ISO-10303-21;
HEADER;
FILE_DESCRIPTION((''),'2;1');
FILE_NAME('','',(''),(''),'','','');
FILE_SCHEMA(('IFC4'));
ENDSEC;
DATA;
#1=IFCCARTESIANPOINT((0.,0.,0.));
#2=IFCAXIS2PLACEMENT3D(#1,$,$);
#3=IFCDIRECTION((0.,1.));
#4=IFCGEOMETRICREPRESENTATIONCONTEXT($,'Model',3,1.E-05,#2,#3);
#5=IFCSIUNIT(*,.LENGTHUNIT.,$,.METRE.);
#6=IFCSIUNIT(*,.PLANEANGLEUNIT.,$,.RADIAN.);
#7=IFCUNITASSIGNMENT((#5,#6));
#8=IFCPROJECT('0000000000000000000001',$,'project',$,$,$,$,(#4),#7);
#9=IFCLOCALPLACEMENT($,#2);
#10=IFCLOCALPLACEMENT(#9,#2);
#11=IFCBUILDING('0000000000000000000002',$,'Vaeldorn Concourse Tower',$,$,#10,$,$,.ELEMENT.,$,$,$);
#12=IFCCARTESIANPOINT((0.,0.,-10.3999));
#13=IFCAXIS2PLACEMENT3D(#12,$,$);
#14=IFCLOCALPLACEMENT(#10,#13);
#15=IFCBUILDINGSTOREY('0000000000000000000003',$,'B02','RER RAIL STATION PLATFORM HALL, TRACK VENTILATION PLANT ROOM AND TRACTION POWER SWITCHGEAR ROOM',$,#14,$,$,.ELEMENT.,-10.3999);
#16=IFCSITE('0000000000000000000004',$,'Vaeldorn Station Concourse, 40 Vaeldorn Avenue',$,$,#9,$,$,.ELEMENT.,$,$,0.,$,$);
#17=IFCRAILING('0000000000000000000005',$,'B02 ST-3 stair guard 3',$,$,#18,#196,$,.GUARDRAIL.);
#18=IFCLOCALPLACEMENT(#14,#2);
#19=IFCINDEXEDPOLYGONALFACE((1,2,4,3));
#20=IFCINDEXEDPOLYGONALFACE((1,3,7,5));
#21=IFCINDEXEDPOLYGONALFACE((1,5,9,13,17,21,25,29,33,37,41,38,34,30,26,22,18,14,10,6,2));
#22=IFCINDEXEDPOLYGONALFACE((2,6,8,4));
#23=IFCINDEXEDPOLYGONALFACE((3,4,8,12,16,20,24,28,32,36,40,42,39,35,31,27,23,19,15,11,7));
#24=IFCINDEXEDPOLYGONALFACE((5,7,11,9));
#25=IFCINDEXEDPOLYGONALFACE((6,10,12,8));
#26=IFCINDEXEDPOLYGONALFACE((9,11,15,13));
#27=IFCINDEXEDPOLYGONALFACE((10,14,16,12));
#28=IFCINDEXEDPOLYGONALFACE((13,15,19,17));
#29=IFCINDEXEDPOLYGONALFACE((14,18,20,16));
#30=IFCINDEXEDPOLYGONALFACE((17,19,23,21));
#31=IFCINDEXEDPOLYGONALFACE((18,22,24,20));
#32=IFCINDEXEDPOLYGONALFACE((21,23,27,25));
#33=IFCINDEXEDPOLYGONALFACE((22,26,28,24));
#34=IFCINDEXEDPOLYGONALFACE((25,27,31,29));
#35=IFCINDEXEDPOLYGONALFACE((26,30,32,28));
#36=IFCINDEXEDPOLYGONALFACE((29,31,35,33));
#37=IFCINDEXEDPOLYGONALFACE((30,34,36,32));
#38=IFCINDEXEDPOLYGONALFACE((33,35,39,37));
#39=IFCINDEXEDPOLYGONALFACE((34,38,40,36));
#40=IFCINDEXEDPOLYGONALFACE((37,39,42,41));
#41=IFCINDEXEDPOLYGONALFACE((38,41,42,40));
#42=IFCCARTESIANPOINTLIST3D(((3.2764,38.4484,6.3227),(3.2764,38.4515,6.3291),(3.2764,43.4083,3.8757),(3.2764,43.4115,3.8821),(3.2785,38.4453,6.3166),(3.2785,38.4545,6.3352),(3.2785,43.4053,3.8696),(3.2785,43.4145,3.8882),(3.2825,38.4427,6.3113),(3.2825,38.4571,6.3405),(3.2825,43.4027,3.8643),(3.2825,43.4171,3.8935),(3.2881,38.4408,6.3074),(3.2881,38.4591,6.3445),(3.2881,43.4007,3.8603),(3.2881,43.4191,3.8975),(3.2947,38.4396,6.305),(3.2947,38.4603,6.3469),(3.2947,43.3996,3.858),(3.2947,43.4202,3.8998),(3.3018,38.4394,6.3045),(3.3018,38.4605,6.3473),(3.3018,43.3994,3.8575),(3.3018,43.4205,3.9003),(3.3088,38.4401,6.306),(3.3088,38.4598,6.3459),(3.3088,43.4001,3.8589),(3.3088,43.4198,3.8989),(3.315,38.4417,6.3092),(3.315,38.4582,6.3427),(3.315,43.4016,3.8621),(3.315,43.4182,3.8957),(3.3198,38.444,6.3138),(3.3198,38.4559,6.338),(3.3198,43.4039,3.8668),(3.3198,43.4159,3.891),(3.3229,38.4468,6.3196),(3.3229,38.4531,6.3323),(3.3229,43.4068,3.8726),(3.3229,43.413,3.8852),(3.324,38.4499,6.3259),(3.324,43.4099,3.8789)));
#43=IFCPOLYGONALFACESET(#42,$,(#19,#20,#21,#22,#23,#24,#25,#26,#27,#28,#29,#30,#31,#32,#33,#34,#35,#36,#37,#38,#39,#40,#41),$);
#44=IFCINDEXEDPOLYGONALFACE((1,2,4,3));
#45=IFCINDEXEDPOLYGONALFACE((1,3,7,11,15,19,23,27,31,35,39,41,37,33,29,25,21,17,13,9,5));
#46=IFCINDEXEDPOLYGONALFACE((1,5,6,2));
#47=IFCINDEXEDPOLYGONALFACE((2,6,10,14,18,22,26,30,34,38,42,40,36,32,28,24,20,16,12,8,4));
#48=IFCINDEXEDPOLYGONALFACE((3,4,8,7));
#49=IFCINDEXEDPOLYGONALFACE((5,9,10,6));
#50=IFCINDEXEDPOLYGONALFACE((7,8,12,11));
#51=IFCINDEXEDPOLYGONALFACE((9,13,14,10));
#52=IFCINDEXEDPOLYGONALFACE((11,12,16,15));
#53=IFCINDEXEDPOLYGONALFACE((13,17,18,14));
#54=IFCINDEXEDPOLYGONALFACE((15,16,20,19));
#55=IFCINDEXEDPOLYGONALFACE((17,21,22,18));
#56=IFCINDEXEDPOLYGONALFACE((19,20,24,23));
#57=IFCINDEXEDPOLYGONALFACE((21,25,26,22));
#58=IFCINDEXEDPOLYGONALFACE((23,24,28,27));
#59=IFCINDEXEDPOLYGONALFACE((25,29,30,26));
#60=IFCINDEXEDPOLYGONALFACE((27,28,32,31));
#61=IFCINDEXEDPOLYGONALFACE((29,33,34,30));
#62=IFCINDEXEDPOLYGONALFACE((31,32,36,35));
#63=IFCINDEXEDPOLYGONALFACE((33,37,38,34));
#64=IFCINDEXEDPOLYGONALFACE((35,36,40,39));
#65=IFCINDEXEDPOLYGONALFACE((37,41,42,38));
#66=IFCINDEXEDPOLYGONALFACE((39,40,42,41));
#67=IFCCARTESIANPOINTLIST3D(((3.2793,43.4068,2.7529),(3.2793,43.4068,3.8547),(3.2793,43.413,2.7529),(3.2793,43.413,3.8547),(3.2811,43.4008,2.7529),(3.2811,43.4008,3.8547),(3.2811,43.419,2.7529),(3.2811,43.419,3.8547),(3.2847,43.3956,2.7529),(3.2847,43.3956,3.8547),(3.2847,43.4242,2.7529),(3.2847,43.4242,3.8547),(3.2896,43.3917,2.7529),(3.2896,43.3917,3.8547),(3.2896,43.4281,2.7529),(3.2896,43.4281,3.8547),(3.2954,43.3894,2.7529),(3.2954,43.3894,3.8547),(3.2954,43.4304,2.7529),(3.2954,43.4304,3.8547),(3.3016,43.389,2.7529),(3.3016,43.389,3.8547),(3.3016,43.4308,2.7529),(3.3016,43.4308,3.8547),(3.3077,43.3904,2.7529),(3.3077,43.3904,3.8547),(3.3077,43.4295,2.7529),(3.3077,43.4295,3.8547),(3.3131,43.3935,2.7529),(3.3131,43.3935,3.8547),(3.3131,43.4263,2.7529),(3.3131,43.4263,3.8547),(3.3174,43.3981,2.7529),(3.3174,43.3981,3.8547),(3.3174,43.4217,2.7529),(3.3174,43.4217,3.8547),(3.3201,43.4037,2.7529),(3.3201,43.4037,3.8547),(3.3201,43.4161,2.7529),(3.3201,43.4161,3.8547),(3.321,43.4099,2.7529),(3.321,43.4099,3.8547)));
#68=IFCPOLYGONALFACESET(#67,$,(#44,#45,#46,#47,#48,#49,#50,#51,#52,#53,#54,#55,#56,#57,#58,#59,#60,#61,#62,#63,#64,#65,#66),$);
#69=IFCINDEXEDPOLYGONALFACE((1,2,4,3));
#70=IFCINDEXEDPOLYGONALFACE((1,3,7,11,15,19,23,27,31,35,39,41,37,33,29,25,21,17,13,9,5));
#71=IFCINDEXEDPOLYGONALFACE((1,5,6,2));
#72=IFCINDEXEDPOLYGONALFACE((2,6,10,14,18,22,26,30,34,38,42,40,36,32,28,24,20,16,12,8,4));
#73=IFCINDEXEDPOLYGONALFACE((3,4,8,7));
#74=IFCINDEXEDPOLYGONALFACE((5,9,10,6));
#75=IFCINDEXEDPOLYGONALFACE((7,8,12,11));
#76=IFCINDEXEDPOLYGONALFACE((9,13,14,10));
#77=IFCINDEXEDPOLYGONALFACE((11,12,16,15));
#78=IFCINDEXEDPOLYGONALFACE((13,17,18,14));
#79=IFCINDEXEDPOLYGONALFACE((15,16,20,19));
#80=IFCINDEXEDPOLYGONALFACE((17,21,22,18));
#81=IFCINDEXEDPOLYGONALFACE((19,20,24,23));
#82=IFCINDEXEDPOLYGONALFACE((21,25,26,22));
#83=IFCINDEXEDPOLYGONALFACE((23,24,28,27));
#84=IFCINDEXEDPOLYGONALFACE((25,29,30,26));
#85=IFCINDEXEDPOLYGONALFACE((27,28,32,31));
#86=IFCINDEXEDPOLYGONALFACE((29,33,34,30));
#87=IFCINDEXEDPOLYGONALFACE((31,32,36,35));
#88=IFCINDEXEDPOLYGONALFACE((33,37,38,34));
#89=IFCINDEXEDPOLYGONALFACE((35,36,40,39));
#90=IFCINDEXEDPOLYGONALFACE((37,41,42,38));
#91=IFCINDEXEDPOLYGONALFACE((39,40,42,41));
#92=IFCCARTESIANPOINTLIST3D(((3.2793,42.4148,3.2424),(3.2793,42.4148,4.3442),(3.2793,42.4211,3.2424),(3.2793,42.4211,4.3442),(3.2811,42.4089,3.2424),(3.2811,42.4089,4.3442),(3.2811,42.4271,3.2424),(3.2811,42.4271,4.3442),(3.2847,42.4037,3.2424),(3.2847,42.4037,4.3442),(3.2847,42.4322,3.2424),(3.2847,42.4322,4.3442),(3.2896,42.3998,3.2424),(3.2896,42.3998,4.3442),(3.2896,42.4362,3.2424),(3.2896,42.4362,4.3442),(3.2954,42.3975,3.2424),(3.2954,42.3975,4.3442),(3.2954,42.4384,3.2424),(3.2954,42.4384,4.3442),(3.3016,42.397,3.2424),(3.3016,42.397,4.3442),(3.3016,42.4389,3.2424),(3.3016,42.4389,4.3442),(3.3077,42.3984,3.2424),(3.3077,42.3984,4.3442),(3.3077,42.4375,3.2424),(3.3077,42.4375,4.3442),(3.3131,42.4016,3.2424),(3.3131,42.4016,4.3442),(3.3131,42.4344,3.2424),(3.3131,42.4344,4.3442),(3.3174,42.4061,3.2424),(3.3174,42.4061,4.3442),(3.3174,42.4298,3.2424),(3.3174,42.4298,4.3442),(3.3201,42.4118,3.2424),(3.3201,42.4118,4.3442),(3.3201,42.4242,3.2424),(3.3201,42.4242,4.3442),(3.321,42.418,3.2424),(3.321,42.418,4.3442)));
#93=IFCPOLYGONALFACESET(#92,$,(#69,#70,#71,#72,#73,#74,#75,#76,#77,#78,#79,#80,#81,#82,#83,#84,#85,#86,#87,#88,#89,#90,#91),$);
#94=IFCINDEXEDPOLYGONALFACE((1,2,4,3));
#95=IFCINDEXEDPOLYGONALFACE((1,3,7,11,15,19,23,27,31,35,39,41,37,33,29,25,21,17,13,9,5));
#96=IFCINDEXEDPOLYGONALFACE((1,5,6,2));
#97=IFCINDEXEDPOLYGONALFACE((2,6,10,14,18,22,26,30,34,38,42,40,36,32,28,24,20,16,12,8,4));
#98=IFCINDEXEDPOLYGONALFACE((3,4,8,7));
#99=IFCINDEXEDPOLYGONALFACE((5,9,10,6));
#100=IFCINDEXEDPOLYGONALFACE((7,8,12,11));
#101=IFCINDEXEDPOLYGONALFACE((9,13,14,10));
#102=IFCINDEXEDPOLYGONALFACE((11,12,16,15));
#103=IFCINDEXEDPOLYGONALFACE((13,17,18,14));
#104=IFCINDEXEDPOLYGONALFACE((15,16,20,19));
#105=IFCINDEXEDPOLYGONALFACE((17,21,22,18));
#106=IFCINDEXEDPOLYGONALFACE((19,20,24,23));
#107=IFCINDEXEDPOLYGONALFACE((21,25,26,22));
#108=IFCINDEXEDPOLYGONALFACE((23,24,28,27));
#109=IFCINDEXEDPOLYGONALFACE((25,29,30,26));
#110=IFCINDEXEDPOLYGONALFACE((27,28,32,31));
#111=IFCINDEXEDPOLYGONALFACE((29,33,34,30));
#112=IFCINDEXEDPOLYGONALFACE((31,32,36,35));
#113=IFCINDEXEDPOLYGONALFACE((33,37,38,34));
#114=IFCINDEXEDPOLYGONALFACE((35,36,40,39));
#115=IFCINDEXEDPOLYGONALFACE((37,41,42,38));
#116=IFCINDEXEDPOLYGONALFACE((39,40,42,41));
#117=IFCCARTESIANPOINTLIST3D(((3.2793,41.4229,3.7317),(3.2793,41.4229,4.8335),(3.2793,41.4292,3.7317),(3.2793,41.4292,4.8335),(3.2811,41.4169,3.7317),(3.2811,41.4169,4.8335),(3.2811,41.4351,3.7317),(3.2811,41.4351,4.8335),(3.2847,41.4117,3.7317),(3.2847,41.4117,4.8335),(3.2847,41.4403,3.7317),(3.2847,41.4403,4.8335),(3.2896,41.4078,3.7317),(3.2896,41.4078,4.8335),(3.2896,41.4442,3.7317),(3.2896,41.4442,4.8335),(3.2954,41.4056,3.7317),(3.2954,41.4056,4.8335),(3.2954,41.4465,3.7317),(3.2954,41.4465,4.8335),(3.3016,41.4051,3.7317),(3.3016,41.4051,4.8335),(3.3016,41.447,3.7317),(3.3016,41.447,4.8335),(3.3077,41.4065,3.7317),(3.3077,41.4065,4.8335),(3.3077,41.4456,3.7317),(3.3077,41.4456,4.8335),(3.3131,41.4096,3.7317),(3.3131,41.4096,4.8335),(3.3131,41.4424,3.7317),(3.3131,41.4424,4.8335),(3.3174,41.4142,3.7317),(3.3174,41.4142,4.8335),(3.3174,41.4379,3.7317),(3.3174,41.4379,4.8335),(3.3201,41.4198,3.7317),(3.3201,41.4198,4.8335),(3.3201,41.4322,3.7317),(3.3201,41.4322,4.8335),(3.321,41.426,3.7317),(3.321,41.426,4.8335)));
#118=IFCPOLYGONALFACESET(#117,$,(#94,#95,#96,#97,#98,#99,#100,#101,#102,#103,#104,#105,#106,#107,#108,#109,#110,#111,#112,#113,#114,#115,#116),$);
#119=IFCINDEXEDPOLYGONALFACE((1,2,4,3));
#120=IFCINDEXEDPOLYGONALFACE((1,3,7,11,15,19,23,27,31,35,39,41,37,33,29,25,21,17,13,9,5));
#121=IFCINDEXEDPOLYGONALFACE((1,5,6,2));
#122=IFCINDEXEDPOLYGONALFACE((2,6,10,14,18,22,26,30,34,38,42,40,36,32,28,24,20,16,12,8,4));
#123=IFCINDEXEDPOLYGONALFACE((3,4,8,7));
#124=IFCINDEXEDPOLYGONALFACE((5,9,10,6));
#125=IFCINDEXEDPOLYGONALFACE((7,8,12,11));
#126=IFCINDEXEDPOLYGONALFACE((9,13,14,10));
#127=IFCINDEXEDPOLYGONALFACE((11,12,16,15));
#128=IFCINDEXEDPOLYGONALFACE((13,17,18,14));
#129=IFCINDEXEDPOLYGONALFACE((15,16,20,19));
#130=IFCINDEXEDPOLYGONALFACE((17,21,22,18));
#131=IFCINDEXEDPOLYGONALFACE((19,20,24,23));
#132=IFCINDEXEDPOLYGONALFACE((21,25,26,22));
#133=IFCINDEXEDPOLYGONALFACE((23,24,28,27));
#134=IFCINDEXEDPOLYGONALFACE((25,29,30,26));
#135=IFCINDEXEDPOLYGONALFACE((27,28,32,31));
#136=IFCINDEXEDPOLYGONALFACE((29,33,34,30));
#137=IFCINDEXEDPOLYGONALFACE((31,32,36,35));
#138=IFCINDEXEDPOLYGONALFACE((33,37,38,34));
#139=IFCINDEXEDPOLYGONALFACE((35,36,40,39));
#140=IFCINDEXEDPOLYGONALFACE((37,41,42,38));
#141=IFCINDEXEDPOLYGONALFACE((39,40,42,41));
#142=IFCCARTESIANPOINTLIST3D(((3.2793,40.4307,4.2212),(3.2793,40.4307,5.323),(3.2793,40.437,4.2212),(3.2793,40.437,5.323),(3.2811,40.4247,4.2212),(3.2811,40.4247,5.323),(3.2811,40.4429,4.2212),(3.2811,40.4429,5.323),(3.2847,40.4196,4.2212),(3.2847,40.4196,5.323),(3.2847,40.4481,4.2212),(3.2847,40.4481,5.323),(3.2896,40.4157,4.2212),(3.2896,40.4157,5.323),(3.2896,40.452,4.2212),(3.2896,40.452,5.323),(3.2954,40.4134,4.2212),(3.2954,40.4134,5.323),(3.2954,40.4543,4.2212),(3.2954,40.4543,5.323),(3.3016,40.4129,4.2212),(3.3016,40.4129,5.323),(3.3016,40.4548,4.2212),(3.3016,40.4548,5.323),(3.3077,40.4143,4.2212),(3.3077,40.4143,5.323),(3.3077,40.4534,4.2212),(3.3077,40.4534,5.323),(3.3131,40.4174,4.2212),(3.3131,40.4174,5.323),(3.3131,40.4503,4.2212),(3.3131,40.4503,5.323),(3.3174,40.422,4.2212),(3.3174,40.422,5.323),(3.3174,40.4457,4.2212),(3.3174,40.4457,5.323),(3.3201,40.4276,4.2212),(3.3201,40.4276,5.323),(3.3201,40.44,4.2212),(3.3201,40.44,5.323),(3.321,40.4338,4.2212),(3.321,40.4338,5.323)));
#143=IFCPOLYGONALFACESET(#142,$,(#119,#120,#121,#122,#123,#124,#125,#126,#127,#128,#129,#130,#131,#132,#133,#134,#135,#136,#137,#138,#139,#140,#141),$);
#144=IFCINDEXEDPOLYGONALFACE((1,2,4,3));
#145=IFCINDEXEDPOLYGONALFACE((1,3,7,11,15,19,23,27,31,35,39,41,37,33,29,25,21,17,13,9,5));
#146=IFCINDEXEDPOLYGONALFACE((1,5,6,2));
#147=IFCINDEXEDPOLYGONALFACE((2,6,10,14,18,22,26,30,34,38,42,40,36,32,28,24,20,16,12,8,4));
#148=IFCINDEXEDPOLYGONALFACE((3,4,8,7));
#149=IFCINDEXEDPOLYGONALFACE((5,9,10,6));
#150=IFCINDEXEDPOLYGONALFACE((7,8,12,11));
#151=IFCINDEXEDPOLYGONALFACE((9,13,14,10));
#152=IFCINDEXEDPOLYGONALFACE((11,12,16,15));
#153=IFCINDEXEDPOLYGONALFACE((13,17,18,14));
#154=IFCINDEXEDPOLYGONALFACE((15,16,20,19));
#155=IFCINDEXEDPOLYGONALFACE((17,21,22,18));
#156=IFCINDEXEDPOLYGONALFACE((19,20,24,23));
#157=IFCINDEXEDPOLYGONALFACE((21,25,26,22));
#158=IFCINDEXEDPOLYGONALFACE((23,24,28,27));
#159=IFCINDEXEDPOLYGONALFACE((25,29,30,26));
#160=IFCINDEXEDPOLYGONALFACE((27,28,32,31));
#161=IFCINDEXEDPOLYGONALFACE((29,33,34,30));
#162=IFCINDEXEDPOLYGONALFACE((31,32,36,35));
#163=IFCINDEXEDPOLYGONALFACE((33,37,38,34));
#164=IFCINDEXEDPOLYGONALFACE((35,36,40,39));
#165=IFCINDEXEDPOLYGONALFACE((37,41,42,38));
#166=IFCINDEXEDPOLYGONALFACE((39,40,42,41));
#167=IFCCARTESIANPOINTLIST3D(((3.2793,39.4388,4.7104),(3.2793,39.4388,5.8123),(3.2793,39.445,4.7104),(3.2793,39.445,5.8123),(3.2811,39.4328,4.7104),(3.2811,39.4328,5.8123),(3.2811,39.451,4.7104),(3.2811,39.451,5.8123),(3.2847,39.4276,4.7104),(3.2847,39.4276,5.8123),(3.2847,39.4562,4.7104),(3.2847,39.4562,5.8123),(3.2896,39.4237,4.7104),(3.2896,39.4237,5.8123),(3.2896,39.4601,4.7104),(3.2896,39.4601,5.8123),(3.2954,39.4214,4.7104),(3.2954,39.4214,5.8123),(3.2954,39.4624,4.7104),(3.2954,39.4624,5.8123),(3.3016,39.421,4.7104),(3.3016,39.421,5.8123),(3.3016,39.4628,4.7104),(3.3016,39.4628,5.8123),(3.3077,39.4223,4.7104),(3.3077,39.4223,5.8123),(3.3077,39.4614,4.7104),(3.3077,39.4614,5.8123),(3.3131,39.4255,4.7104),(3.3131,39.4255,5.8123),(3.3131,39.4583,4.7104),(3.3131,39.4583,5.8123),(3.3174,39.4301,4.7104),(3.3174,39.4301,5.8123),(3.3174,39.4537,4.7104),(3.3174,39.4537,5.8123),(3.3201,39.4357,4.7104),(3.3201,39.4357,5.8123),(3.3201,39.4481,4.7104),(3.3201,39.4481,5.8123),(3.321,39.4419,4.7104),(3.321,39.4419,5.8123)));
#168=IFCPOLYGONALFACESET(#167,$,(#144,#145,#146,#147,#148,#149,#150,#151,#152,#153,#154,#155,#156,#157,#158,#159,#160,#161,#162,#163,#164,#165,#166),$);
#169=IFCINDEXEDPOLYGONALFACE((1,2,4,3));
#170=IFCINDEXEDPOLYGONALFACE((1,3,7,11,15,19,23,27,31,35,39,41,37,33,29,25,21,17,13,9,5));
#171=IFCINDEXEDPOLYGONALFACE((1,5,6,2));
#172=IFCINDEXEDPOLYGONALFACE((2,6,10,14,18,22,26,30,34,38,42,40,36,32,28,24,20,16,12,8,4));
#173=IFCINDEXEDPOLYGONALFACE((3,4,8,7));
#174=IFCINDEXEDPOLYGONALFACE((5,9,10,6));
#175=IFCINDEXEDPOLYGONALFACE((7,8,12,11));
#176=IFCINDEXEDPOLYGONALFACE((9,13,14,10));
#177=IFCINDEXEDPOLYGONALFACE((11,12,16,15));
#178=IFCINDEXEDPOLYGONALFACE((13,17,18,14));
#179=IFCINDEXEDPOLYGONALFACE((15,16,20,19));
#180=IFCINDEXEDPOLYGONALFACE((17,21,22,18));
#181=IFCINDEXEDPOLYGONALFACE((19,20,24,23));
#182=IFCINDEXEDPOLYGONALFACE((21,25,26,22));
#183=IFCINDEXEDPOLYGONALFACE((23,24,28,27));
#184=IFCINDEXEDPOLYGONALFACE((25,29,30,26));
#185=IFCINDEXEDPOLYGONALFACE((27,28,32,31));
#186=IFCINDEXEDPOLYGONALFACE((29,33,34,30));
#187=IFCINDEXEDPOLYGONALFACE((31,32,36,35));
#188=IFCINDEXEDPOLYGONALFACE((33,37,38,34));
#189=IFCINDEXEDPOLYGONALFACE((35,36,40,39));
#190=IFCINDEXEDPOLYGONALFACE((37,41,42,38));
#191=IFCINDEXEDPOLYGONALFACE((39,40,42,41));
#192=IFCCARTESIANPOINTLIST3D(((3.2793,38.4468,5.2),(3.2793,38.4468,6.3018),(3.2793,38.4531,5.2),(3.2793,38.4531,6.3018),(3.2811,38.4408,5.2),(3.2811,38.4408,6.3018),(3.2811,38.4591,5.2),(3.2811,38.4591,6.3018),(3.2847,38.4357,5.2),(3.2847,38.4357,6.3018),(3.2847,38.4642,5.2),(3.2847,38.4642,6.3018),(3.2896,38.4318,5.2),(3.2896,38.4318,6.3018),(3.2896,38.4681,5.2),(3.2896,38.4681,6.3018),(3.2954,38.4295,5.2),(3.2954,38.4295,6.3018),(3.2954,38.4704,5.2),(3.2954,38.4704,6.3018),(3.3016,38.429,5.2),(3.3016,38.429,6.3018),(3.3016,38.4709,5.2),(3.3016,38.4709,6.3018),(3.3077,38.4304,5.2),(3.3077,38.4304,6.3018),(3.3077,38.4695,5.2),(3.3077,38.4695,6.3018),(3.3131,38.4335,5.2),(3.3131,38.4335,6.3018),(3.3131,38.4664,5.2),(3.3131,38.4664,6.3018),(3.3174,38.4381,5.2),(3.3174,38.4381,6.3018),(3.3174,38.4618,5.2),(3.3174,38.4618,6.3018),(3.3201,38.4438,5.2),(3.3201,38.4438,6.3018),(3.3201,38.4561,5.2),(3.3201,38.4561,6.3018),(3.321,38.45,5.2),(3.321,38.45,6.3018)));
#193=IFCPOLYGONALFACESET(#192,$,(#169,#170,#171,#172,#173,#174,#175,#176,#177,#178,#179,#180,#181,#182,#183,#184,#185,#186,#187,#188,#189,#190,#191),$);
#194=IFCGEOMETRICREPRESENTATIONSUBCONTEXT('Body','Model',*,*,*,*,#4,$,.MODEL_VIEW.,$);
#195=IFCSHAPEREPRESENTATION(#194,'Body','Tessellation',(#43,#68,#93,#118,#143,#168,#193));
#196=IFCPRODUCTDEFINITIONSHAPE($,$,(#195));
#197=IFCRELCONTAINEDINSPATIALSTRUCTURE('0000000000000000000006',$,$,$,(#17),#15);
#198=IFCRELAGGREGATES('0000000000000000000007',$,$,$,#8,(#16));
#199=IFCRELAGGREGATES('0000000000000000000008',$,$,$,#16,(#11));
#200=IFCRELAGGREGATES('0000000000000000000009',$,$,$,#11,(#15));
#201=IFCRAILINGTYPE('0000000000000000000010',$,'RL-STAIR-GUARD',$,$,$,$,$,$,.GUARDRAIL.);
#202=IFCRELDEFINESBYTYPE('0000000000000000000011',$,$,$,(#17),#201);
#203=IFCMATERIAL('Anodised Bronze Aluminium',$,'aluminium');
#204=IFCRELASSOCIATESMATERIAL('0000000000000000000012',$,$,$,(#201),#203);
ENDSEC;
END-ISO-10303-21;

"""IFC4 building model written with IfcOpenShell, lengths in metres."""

from ifc_helpers import new_model, si_unit, direction, frame, origin, origin_2d, place, context, subcontext, project, spatial, circle, extrude, material, type_object, element, save


model = new_model("IFC4")

# Units and contexts
model_context = context("Model", 3, precision=1e-05, world=origin(), true_north=direction((0.0, 1.0)))
body_context = subcontext(model_context, "Body", "Model", "MODEL_VIEW")
ifc_project = project(units=[si_unit("LENGTHUNIT", "METRE"), si_unit("PLANEANGLEUNIT", "RADIAN")], contexts=[model_context])

# Site, building, storey
site_placement = place(None, origin())
site = spatial("IfcSite", under=ifc_project, at=site_placement, Name="Vaeldorn Station Concourse, 40 Vaeldorn Avenue", CompositionType="ELEMENT", RefElevation=0.0)
building_placement = place(site_placement, origin())
building = spatial("IfcBuilding", under=site, at=building_placement, Name="Vaeldorn Concourse Tower", CompositionType="ELEMENT")
storey_placement = place(building_placement, frame((0.0, 0.0, -10.3999)))
storey = spatial("IfcBuildingStorey", under=building, at=storey_placement, Name="B02", Description="RER RAIL STATION PLATFORM HALL, TRACK VENTILATION PLANT ROOM AND TRACTION POWER SWITCHGEAR ROOM", CompositionType="ELEMENT", Elevation=-10.3999)

# Railing
ifc_material_1 = material(Name="Anodised Bronze Aluminium", Category="aluminium")
railing_type_1 = type_object("IfcRailingType", Name="RL-STAIR-GUARD", PredefinedType="GUARDRAIL", material=ifc_material_1)
railing_1_placement = place(storey_placement, frame((3.3, 43.4099, 2.7529)))
element("IfcRailing", 1, at=railing_1_placement, inside=storey, type_object=railing_type_1, Name="B02 ST-3 stair guard 3", PredefinedType="GUARDRAIL", context=body_context, shape_type="SweptSolid", body=[
    extrude(circle(Radius=0.0239, at=origin_2d()), frame((0.0, 0.0, 1.126), z_axis=(0.0, -0.896798, 0.44244), x_axis=(1.0, 0.0, 0.0)), (0.0, 0.0, 1.0), 5.5308),
    extrude(circle(Radius=0.021, at=origin_2d()), origin(), (0.0, 0.0, 1.0), 1.1018),
    extrude(circle(Radius=0.021, at=origin_2d()), frame((0.0, -0.9919, 0.4895)), (0.0, 0.0, 1.0), 1.1018),
    extrude(circle(Radius=0.021, at=origin_2d()), frame((0.0, -1.9839, 0.9788)), (0.0, 0.0, 1.0), 1.1018),
    extrude(circle(Radius=0.021, at=origin_2d()), frame((0.0, -2.9761, 1.4683)), (0.0, 0.0, 1.0), 1.1018),
    extrude(circle(Radius=0.021, at=origin_2d()), frame((0.0, -3.968, 1.9575)), (0.0, 0.0, 1.0), 1.1018),
    extrude(circle(Radius=0.021, at=origin_2d()), frame((0.0, -4.96, 2.447)), (0.0, 0.0, 1.0), 1.1018),
])

save(model, "model.ifc")
